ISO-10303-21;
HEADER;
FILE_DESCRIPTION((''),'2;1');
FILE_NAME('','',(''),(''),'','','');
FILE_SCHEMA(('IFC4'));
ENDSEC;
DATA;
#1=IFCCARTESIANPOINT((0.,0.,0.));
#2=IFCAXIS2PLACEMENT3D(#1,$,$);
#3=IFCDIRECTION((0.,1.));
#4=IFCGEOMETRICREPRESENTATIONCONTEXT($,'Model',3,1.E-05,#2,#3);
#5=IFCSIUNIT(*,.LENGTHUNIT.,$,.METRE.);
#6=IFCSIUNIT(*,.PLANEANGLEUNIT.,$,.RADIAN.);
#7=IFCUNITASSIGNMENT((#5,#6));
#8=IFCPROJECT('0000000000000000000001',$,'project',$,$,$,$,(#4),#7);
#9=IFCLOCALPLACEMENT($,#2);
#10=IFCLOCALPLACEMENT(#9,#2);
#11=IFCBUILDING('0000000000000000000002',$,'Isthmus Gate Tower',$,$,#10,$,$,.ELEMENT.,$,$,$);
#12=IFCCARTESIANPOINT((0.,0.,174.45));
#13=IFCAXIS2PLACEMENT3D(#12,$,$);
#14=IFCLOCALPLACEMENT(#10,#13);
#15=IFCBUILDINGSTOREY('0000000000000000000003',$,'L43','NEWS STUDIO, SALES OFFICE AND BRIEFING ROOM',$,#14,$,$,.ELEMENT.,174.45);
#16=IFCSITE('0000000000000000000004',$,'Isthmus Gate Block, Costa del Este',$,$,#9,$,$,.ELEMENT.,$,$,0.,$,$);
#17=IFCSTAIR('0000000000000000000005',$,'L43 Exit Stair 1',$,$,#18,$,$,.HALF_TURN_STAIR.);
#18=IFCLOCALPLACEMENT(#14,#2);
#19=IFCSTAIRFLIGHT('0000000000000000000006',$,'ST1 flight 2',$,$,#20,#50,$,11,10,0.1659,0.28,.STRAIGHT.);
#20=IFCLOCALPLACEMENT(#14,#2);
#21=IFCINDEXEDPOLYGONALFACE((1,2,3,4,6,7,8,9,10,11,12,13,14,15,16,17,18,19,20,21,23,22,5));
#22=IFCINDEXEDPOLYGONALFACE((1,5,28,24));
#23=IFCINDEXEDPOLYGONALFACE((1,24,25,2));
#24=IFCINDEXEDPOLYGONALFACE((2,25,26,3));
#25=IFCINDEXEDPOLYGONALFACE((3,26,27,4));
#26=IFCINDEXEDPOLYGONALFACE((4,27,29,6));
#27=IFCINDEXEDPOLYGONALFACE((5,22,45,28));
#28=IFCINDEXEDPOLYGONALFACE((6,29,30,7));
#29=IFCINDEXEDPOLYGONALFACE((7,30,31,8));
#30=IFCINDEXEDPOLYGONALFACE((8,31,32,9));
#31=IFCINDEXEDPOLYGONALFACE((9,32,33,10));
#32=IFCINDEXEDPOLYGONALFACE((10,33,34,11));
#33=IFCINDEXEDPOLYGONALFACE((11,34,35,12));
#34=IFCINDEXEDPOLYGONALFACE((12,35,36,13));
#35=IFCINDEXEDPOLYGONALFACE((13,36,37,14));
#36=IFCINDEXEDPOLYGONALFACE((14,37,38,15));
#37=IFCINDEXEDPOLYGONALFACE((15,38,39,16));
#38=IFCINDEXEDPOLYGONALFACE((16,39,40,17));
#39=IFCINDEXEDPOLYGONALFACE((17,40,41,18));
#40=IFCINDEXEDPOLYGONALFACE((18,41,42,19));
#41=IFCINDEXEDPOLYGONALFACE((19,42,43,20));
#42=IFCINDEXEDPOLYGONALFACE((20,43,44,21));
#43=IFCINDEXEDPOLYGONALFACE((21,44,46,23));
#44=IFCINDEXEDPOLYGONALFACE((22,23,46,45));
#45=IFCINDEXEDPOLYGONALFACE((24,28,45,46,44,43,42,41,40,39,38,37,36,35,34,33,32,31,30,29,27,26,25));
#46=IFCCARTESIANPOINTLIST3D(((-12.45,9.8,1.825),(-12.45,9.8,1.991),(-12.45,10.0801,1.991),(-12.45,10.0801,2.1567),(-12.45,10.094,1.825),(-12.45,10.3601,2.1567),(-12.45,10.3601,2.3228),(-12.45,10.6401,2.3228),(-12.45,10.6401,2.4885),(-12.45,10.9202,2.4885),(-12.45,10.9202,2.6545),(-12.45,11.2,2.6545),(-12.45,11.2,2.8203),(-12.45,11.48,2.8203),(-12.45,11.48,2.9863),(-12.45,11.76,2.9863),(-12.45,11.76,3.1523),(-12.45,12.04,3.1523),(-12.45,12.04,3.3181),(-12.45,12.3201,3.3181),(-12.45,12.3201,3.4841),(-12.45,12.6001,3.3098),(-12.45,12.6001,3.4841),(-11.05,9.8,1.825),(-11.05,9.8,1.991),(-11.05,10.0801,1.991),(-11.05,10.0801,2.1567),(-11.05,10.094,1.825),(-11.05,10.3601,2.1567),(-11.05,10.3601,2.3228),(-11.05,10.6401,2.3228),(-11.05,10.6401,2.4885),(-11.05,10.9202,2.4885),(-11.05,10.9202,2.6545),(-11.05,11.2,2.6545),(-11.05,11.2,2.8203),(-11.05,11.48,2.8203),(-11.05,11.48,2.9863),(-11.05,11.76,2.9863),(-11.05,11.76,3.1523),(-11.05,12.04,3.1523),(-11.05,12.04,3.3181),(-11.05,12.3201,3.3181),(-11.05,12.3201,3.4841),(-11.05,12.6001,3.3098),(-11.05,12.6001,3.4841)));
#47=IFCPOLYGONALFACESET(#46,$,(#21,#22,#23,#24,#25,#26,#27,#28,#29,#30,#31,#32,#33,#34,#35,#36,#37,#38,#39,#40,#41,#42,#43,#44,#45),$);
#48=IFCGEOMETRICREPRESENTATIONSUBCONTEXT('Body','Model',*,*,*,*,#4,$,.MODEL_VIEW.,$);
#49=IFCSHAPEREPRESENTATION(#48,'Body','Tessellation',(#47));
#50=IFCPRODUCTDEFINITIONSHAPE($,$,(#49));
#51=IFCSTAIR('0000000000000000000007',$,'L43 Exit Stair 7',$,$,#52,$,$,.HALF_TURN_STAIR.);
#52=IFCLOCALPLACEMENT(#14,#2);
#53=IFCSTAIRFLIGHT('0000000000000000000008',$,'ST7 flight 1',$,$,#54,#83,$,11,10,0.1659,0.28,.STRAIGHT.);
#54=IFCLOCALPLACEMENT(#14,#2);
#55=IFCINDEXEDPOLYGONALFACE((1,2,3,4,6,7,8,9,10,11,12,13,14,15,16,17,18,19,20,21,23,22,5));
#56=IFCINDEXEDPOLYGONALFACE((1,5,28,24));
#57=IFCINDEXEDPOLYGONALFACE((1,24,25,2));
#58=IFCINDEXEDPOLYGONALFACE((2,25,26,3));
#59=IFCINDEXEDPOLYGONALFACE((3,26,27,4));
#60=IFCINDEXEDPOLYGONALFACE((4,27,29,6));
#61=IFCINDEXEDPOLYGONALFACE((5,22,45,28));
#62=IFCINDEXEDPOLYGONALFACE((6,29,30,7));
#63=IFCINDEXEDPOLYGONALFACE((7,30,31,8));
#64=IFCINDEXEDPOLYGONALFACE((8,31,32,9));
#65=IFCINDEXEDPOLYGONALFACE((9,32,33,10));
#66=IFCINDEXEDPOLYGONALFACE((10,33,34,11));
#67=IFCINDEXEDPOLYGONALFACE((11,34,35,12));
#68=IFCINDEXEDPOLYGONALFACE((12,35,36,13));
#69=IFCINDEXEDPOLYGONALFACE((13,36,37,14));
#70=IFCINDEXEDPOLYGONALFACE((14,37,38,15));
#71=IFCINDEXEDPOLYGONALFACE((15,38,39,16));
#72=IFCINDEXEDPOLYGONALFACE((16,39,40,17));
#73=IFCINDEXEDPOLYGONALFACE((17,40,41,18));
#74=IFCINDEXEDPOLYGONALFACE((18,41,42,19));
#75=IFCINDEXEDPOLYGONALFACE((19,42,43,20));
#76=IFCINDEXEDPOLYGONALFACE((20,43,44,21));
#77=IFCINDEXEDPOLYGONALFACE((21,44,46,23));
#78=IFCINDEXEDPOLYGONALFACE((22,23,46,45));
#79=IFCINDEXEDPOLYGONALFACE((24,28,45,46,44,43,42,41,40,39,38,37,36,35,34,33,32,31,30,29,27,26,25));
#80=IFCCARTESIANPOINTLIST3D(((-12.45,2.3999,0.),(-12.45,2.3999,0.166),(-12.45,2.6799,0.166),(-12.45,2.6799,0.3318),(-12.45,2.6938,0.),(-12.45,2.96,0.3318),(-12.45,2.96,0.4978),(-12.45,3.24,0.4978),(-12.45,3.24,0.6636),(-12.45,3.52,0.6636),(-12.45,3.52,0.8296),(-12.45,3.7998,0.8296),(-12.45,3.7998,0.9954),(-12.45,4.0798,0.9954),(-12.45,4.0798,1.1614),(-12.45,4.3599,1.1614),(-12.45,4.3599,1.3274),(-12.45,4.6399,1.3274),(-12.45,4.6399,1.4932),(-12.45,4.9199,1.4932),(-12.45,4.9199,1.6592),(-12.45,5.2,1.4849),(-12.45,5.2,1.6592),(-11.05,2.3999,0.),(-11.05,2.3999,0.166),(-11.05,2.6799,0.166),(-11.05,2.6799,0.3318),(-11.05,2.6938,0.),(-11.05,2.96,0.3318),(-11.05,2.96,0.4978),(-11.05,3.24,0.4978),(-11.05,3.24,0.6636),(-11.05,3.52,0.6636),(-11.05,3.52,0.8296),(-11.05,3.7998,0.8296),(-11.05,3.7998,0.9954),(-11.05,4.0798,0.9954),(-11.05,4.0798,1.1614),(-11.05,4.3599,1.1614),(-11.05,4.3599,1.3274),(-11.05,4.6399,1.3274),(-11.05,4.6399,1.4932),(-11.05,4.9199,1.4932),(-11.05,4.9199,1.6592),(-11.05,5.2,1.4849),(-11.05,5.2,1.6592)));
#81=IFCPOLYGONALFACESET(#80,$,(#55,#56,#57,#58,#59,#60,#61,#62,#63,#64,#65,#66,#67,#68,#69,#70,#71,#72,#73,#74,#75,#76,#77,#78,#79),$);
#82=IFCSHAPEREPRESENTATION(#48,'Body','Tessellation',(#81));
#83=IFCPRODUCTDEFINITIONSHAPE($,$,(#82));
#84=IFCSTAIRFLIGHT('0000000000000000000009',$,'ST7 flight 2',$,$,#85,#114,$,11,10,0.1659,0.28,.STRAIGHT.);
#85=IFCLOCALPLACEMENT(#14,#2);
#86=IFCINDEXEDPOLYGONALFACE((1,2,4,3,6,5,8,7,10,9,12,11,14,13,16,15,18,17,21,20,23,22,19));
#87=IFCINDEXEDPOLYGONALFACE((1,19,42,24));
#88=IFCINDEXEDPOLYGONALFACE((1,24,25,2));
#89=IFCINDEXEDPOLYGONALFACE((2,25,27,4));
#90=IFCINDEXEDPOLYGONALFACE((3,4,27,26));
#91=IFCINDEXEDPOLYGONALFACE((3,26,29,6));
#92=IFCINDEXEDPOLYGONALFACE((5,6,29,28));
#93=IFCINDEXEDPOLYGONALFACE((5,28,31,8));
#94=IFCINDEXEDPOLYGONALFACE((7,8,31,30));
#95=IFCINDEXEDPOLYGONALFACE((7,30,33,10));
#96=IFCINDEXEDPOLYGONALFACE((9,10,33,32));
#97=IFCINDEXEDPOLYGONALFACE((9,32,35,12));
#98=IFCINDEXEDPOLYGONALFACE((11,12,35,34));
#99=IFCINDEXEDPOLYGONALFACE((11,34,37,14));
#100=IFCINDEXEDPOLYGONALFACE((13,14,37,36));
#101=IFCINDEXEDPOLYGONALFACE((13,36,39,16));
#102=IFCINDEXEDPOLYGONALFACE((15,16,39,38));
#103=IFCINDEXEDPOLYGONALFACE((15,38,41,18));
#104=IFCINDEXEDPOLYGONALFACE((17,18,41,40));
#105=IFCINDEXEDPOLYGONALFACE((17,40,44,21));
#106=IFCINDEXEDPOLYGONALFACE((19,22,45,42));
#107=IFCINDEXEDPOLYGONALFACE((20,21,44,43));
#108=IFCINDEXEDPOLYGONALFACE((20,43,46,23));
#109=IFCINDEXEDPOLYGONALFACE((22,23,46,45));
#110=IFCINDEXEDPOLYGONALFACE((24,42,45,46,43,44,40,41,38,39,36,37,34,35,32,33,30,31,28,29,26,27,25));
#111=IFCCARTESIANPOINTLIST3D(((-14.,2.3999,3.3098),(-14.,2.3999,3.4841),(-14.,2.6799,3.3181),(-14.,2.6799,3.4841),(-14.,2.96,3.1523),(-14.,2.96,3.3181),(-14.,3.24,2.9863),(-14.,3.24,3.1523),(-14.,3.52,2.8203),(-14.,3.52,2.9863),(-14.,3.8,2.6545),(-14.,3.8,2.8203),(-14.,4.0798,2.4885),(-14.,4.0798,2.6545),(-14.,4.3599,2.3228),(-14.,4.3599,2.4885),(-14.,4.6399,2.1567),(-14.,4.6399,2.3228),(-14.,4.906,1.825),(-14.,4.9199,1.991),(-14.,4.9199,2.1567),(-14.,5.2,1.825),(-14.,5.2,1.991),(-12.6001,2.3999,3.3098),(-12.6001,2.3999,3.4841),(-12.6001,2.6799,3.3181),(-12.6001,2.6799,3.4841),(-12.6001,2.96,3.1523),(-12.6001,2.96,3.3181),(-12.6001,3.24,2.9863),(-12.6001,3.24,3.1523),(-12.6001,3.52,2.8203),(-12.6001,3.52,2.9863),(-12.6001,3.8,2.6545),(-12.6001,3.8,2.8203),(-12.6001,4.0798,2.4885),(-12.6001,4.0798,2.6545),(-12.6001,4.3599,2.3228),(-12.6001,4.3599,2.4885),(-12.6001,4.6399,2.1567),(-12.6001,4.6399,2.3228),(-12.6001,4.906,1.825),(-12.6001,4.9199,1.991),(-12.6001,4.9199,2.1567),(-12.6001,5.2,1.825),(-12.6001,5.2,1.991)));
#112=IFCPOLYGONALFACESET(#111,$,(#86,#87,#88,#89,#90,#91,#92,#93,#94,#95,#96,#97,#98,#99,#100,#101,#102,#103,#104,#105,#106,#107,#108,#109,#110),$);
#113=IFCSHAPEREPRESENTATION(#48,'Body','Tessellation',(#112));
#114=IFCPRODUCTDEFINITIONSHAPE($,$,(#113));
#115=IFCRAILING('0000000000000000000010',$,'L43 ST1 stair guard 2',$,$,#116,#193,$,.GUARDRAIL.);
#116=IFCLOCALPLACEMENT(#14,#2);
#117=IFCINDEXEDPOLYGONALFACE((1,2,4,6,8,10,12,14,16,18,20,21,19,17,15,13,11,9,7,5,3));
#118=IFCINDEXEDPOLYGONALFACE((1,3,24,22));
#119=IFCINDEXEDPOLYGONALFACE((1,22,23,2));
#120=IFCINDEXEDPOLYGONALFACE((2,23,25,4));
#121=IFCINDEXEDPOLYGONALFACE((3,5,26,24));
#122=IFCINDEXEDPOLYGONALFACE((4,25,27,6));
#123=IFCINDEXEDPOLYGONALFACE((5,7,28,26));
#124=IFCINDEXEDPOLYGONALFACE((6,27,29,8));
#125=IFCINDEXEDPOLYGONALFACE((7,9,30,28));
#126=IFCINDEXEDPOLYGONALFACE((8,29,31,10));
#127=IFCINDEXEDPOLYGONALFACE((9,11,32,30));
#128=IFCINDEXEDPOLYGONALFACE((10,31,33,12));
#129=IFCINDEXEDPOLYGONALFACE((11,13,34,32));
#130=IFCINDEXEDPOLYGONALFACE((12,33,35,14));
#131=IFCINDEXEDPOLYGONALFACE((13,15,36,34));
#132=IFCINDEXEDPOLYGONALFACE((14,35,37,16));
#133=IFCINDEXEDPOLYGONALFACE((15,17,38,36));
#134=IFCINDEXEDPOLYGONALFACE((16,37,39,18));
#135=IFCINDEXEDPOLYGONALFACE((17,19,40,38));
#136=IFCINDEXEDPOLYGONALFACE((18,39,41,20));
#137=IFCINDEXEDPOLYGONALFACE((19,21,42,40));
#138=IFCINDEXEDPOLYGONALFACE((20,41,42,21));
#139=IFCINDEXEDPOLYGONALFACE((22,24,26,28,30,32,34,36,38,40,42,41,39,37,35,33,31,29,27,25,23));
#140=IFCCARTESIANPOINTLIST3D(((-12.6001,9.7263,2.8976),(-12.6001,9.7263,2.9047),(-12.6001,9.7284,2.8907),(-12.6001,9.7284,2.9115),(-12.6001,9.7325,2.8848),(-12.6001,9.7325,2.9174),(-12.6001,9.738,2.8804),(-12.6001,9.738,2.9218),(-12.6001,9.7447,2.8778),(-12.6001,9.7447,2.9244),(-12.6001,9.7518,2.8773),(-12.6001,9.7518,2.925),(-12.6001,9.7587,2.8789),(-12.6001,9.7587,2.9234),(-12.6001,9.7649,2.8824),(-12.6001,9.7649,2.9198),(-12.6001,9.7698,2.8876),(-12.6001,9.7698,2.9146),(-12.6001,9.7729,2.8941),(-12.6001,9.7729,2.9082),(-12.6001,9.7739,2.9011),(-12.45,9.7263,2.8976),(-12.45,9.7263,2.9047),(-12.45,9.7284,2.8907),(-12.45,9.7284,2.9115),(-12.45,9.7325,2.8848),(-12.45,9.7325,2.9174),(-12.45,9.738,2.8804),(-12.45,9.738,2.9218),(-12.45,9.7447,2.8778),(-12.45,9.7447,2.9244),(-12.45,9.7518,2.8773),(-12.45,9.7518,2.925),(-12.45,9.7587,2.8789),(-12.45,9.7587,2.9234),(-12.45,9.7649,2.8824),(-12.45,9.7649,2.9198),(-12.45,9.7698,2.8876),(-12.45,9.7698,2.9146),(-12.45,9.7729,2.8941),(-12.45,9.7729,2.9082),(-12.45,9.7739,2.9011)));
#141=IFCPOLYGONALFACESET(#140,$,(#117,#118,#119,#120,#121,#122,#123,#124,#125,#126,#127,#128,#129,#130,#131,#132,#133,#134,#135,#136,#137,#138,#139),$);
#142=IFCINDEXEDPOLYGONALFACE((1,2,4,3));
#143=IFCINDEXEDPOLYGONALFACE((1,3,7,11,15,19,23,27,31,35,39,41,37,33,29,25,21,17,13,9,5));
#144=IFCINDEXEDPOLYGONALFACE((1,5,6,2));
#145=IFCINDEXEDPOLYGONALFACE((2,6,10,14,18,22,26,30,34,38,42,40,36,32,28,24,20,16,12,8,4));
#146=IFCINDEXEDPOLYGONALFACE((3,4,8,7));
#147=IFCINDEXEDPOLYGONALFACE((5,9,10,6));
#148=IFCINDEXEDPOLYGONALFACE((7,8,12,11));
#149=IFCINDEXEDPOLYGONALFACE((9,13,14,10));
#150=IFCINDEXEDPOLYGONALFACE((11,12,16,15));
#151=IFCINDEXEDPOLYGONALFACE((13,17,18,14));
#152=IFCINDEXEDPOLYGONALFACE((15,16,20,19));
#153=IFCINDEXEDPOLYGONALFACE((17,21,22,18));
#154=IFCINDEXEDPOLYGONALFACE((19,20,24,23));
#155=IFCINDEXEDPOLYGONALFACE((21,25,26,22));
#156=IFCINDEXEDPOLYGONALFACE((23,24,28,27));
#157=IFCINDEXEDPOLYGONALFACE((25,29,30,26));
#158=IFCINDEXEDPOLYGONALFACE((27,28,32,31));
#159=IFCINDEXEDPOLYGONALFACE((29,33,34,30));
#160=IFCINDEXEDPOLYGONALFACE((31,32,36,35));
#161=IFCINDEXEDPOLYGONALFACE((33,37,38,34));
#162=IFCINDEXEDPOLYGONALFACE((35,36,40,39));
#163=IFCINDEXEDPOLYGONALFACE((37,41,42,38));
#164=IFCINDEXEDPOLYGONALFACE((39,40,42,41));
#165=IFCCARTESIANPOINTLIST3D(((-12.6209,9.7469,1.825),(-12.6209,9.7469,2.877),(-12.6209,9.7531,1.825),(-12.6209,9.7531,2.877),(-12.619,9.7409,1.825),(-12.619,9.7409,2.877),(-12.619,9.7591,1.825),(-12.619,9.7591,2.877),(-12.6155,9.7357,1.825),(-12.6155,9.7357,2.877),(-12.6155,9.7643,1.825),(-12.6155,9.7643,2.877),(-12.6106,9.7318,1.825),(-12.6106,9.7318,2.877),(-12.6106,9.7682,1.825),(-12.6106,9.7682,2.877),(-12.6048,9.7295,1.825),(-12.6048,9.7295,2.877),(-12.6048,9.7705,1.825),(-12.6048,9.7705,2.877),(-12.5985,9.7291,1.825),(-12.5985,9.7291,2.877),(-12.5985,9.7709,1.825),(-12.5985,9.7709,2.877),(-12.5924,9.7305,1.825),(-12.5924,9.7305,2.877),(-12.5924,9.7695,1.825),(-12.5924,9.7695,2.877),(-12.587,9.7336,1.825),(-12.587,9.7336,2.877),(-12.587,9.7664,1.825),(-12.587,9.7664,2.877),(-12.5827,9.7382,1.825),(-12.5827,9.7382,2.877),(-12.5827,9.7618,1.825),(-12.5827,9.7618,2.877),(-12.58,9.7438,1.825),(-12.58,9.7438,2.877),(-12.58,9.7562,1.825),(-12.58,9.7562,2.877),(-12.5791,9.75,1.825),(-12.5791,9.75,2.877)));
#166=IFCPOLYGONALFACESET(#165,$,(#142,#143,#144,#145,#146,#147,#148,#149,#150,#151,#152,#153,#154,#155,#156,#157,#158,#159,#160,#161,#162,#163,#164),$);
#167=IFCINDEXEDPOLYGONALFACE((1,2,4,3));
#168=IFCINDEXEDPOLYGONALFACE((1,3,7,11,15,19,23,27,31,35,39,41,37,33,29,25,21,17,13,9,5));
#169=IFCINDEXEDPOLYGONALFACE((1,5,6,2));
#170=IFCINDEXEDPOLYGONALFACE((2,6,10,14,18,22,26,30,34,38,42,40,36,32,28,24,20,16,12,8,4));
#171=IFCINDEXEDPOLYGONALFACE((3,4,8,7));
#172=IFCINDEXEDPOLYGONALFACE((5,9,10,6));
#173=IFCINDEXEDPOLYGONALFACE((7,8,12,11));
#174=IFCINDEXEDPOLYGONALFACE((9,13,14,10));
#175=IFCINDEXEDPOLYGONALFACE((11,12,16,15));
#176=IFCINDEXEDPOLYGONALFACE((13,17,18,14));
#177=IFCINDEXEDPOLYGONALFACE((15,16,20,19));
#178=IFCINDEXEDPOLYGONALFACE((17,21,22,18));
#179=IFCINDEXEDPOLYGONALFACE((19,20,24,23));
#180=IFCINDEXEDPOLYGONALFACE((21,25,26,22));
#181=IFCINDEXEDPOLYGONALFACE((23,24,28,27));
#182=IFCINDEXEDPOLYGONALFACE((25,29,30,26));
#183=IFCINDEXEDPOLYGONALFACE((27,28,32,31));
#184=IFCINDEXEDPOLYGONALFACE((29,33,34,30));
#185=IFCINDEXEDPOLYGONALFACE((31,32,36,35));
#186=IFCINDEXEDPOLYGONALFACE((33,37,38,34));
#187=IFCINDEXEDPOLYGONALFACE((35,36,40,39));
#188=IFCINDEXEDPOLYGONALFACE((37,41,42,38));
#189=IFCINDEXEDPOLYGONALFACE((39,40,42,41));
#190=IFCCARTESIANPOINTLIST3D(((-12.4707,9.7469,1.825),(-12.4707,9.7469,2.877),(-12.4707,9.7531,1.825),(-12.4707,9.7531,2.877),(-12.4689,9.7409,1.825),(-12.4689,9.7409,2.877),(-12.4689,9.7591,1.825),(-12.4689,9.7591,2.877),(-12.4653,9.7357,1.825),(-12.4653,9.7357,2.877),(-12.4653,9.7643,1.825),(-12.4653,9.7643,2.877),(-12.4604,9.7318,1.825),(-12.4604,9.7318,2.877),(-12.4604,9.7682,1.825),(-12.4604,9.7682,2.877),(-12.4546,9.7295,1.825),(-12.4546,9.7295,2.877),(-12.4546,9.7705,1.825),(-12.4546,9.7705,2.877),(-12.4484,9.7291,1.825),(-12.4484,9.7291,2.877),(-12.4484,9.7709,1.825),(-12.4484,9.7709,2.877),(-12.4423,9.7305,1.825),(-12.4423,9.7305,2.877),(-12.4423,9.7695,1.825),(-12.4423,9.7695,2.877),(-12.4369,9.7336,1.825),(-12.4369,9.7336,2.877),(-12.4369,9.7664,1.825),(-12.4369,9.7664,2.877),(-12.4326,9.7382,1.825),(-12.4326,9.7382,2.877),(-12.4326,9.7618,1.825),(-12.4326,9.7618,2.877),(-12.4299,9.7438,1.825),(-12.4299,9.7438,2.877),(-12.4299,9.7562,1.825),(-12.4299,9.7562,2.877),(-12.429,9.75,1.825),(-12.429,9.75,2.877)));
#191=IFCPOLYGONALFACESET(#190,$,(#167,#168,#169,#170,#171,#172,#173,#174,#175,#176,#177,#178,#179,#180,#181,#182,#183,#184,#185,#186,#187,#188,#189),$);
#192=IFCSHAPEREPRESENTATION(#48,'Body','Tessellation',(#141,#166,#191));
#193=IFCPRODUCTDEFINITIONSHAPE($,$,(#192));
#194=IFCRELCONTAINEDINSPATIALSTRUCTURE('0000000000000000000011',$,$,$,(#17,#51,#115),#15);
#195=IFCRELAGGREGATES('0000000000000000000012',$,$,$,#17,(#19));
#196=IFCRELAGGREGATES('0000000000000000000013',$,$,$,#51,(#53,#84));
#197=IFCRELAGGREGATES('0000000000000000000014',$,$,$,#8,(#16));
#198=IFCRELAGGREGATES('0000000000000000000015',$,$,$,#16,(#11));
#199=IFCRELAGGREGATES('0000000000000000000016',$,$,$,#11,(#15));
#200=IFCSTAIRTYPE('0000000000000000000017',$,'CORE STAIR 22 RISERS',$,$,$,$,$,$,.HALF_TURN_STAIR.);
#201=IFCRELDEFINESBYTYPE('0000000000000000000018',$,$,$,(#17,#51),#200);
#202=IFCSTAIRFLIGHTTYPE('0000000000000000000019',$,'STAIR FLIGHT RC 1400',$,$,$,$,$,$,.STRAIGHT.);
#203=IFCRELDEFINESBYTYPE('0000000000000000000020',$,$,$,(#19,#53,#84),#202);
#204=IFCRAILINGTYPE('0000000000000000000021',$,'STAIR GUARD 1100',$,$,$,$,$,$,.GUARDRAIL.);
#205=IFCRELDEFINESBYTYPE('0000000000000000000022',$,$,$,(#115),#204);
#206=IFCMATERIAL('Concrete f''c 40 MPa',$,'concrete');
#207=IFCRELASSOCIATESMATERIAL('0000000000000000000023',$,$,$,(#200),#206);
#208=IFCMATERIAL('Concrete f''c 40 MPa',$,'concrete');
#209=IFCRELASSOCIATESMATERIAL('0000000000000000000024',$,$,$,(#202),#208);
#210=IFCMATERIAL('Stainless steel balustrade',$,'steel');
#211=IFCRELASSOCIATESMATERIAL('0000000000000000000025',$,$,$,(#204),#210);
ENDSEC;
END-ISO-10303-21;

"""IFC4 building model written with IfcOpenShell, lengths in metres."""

from ifc_helpers import new_model, si_unit, direction, frame, origin, origin_2d, place, context, subcontext, project, spatial, polyline, circle, outline, extrude, material, type_object, element, aggregate, save


model = new_model("IFC4")

# Units and contexts
model_context = context("Model", 3, precision=1e-05, world=origin(), true_north=direction((0.0, 1.0)))
body_context = subcontext(model_context, "Body", "Model", "MODEL_VIEW")
ifc_project = project(units=[si_unit("LENGTHUNIT", "METRE"), si_unit("PLANEANGLEUNIT", "RADIAN")], contexts=[model_context])

# Site, building, storey
site_placement = place(None, origin())
site = spatial("IfcSite", under=ifc_project, at=site_placement, Name="Isthmus Gate Block, Costa del Este", CompositionType="ELEMENT", RefElevation=0.0)
building_placement = place(site_placement, origin())
building = spatial("IfcBuilding", under=site, at=building_placement, Name="Isthmus Gate Tower", CompositionType="ELEMENT")
storey_placement = place(building_placement, frame((0.0, 0.0, 174.45)))
storey = spatial("IfcBuildingStorey", under=building, at=storey_placement, Name="L43", Description="NEWS STUDIO, SALES OFFICE AND BRIEFING ROOM", CompositionType="ELEMENT", Elevation=174.45)

# Stair, stair flight
ifc_material_1 = material(Name="Concrete f'c 40 MPa", Category="concrete")
stair_type = type_object("IfcStairType", Name="CORE STAIR 22 RISERS", PredefinedType="HALF_TURN_STAIR", material=ifc_material_1)
stair_1_placement = place(storey_placement, origin())
stair_1 = element("IfcStair", 1, at=stair_1_placement, inside=storey, type_object=stair_type, Name="L43 Exit Stair 1", PredefinedType="HALF_TURN_STAIR")
ifc_material_2 = material(Name="Concrete f'c 40 MPa", Category="concrete")
stair_flight_type = type_object("IfcStairFlightType", Name="STAIR FLIGHT RC 1400", PredefinedType="STRAIGHT", material=ifc_material_2)
stair_flight_1_placement = place(storey_placement, frame((-11.75, 9.8, 1.825), z_axis=(0.0, 0.0, 1.0), x_axis=(0.0, 1.0, 0.0)))
stair_flight_1 = element("IfcStairFlight", 2, at=stair_flight_1_placement, type_object=stair_flight_type, Name="ST1 flight 2", NumberOfRisers=11, NumberOfTreads=10, PredefinedType="STRAIGHT", RiserHeight=0.1659, TreadLength=0.28, context=body_context, shape_type="SweptSolid", body=[
    extrude(outline(polyline([(0.0, 0.0), (0.0, 0.166), (0.28, 0.166), (0.28, 0.3318), (0.5601, 0.3318), (0.5601, 0.4978), (0.8401, 0.4978), (0.8401, 0.6636), (1.1201, 0.6636), (1.1201, 0.8296), (1.3999, 0.8296), (1.3999, 0.9954), (1.6799, 0.9954), (1.6799, 1.1614), (1.96, 1.1614), (1.96, 1.3274), (2.24, 1.3274), (2.24, 1.4932), (2.52, 1.4932), (2.52, 1.6592), (2.8, 1.6592), (2.8, 1.825), (2.8, 1.4849), (0.2939, 0.0), (0.0, 0.0)])), frame((0.0, 0.7, 0.0), z_axis=(0.0, -1.0, 0.0), x_axis=(1.0, 0.0, 0.0)), (0.0, 0.0, 1.0), 1.3999),
])
aggregate(stair_1, [stair_flight_1])

# Stair, stair flights
stair_2_placement = place(storey_placement, origin())
stair_2 = element("IfcStair", 3, at=stair_2_placement, inside=storey, type_object=stair_type, Name="L43 Exit Stair 7", PredefinedType="HALF_TURN_STAIR")
stair_flight_2_placement = place(storey_placement, frame((-11.75, 2.3999, 0.0), z_axis=(0.0, 0.0, 1.0), x_axis=(0.0, 1.0, 0.0)))
stair_flight_2 = element("IfcStairFlight", 4, at=stair_flight_2_placement, type_object=stair_flight_type, Name="ST7 flight 1", NumberOfRisers=11, NumberOfTreads=10, PredefinedType="STRAIGHT", RiserHeight=0.1659, TreadLength=0.28, context=body_context, shape_type="SweptSolid", body=[
    extrude(outline(polyline([(0.0, 0.0), (0.0, 0.166), (0.28, 0.166), (0.28, 0.3318), (0.5601, 0.3318), (0.5601, 0.4978), (0.8401, 0.4978), (0.8401, 0.6636), (1.1201, 0.6636), (1.1201, 0.8296), (1.3999, 0.8296), (1.3999, 0.9954), (1.6799, 0.9954), (1.6799, 1.1614), (1.96, 1.1614), (1.96, 1.3274), (2.24, 1.3274), (2.24, 1.4932), (2.52, 1.4932), (2.52, 1.6592), (2.8, 1.6592), (2.8, 1.825), (2.8, 1.4849), (0.2939, 0.0), (0.0, 0.0)])), frame((0.0, 0.7, 0.0), z_axis=(0.0, -1.0, 0.0), x_axis=(1.0, 0.0, 0.0)), (0.0, 0.0, 1.0), 1.3999),
])
stair_flight_3_placement = place(storey_placement, frame((-13.3, 5.2, 1.825), z_axis=(0.0, 0.0, 1.0), x_axis=(0.0, -1.0, 0.0)))
stair_flight_3 = element("IfcStairFlight", 5, at=stair_flight_3_placement, type_object=stair_flight_type, Name="ST7 flight 2", NumberOfRisers=11, NumberOfTreads=10, PredefinedType="STRAIGHT", RiserHeight=0.1659, TreadLength=0.28, context=body_context, shape_type="SweptSolid", body=[
    extrude(outline(polyline([(0.0, 0.0), (0.0, 0.166), (0.28, 0.166), (0.28, 0.3318), (0.5601, 0.3318), (0.5601, 0.4978), (0.8401, 0.4978), (0.8401, 0.6636), (1.1201, 0.6636), (1.1201, 0.8296), (1.3999, 0.8296), (1.3999, 0.9954), (1.6799, 0.9954), (1.6799, 1.1614), (1.96, 1.1614), (1.96, 1.3274), (2.24, 1.3274), (2.24, 1.4932), (2.52, 1.4932), (2.52, 1.6592), (2.8, 1.6592), (2.8, 1.825), (2.8, 1.4849), (0.2939, 0.0), (0.0, 0.0)])), frame((0.0, 0.7, 0.0), z_axis=(0.0, -1.0, 0.0), x_axis=(1.0, 0.0, 0.0)), (0.0, 0.0, 1.0), 1.3999),
])
aggregate(stair_2, [stair_flight_2, stair_flight_3])

# Railing
ifc_material_3 = material(Name="Stainless steel balustrade", Category="steel")
railing_type_1 = type_object("IfcRailingType", Name="STAIR GUARD 1100", PredefinedType="GUARDRAIL", material=ifc_material_3)
railing_1_placement = place(storey_placement, frame((-12.6001, 9.75, 1.825)))
element("IfcRailing", 6, at=railing_1_placement, inside=storey, type_object=railing_type_1, Name="L43 ST1 stair guard 2", PredefinedType="GUARDRAIL", context=body_context, shape_type="SweptSolid", body=[
    extrude(circle(Radius=0.0239, at=origin_2d()), frame((0.0, 0.0, 1.0762), z_axis=(1.0, 0.0, 0.0), x_axis=(0.0, 1.0, 0.0)), (0.0, 0.0, 1.0), 0.1501),
    extrude(circle(Radius=0.021, at=origin_2d()), origin(), (0.0, 0.0, 1.0), 1.052),
    extrude(circle(Radius=0.021, at=origin_2d()), frame((0.1501, 0.0, 0.0)), (0.0, 0.0, 1.0), 1.052),
])

save(model, "model.ifc")
